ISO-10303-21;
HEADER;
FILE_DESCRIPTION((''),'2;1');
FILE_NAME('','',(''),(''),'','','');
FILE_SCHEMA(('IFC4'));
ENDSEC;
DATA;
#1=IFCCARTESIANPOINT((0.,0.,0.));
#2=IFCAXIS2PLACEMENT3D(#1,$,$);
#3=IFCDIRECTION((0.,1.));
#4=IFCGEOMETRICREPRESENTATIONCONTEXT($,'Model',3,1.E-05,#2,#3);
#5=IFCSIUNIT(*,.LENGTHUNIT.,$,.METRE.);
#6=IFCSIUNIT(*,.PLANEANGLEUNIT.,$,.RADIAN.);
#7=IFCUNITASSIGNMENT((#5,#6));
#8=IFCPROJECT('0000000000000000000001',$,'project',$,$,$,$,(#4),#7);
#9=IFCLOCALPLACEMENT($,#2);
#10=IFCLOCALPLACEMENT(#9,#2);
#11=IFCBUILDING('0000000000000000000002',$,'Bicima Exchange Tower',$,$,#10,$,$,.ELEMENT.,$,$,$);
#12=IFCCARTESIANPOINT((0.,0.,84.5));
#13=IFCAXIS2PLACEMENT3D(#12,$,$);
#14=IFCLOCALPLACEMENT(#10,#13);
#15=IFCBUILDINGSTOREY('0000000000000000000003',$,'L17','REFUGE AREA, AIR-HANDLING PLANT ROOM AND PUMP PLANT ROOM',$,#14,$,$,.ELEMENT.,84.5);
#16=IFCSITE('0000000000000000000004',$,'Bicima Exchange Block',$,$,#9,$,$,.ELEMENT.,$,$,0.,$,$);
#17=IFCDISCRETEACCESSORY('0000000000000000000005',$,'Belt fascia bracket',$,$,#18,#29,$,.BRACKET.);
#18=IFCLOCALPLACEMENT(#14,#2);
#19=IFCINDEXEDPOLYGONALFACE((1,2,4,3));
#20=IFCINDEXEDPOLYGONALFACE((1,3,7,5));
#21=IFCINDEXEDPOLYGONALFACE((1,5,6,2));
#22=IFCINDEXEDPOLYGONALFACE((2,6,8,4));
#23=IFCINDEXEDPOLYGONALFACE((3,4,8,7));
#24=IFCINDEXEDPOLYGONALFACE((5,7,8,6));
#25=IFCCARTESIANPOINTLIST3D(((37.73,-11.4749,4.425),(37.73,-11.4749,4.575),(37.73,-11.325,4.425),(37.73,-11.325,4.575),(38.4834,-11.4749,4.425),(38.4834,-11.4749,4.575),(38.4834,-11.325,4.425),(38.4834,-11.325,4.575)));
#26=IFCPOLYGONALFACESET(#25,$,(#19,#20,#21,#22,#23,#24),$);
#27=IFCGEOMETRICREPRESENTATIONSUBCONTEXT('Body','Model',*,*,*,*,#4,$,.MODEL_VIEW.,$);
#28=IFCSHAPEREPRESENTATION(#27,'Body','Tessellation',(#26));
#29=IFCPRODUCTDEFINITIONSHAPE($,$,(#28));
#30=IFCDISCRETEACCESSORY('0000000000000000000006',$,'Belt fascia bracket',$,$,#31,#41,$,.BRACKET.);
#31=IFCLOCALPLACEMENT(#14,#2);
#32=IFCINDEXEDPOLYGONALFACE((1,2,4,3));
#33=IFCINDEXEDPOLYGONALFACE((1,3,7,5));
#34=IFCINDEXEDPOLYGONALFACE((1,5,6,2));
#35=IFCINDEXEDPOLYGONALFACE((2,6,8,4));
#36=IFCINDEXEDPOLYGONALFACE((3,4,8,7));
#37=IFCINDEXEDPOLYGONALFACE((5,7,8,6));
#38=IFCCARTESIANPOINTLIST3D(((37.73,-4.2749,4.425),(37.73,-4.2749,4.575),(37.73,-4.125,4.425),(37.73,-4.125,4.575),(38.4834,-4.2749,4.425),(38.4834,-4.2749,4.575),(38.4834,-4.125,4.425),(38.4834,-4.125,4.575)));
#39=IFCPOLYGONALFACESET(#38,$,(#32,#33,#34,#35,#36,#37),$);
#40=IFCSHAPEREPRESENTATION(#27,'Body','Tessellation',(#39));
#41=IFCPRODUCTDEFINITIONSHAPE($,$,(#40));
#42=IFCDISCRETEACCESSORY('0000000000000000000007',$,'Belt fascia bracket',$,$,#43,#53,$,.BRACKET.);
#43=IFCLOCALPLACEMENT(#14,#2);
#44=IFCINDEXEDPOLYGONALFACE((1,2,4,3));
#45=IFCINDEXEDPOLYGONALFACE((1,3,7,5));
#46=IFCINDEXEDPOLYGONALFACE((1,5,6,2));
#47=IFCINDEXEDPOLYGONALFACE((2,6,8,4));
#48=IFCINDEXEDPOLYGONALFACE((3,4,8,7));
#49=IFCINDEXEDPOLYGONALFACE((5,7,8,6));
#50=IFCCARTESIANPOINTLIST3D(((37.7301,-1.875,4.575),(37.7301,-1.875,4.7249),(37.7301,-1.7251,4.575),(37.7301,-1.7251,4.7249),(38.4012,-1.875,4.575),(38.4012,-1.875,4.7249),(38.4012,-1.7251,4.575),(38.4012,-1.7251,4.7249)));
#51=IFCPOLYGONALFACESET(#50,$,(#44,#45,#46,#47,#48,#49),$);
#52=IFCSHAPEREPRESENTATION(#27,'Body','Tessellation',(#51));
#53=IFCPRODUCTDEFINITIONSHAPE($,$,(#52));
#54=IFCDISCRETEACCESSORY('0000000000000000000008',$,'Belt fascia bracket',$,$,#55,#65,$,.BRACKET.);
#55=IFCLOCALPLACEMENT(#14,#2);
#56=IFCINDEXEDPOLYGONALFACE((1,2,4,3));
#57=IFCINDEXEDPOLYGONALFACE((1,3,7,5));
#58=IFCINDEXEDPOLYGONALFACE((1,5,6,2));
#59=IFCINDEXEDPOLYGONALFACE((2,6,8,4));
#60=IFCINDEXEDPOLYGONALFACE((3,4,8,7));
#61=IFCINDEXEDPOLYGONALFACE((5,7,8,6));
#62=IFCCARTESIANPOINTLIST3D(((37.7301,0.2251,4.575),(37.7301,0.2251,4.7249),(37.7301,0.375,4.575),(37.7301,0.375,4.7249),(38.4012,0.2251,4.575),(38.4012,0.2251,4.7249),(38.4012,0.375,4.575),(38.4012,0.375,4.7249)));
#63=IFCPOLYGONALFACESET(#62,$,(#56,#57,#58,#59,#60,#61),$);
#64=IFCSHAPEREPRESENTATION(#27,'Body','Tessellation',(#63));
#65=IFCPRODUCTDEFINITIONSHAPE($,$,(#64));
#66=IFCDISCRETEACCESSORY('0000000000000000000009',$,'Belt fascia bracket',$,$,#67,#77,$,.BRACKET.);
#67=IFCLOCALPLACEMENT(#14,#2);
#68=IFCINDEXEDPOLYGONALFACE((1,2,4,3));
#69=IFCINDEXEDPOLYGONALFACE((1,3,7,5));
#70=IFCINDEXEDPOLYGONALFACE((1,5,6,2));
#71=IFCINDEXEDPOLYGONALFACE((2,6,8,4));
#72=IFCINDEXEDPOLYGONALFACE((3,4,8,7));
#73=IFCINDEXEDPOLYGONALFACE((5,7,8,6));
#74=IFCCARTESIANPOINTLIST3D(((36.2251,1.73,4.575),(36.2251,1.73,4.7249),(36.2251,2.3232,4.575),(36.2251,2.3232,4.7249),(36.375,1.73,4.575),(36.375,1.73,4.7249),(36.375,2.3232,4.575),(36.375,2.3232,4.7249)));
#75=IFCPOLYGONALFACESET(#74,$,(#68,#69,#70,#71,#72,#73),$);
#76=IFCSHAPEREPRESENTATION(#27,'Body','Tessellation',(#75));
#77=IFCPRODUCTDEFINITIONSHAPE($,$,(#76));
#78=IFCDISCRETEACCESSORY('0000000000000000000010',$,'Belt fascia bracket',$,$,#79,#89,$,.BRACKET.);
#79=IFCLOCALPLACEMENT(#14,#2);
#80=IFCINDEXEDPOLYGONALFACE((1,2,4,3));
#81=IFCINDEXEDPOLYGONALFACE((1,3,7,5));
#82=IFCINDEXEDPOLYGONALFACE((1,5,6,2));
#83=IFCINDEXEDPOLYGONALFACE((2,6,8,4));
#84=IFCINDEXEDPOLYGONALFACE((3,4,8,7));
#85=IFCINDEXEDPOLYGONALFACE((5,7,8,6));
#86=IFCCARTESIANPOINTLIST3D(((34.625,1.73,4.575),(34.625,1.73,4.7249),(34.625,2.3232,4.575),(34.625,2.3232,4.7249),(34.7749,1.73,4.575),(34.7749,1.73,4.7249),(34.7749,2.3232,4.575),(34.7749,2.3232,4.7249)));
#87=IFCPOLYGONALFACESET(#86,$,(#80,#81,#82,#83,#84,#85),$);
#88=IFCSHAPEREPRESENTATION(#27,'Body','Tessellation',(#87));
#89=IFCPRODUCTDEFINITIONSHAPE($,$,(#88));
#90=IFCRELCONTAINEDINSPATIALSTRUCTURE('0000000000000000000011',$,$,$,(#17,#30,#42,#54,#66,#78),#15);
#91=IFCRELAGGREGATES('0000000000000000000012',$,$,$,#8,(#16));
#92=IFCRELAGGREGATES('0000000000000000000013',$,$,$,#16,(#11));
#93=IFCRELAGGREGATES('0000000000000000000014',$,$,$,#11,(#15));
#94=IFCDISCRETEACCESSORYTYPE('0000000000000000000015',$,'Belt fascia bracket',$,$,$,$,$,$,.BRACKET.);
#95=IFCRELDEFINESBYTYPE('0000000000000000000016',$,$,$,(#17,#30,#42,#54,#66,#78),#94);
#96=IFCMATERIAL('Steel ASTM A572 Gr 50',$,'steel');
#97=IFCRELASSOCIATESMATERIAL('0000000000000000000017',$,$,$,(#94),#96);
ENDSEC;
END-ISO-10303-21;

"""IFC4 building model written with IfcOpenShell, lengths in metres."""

from ifc_helpers import new_model, si_unit, direction, frame, origin, origin_2d, place, context, subcontext, project, spatial, rectangle, extrude, material, type_object, element, save


model = new_model("IFC4")

# Units and contexts
model_context = context("Model", 3, precision=1e-05, world=origin(), true_north=direction((0.0, 1.0)))
body_context = subcontext(model_context, "Body", "Model", "MODEL_VIEW")
ifc_project = project(units=[si_unit("LENGTHUNIT", "METRE"), si_unit("PLANEANGLEUNIT", "RADIAN")], contexts=[model_context])

# Site, building, storey
site_placement = place(None, origin())
site = spatial("IfcSite", under=ifc_project, at=site_placement, Name="Bicima Exchange Block", CompositionType="ELEMENT", RefElevation=0.0)
building_placement = place(site_placement, origin())
building = spatial("IfcBuilding", under=site, at=building_placement, Name="Bicima Exchange Tower", CompositionType="ELEMENT")
storey_placement = place(building_placement, frame((0.0, 0.0, 84.5)))
storey = spatial("IfcBuildingStorey", under=building, at=storey_placement, Name="L17", Description="REFUGE AREA, AIR-HANDLING PLANT ROOM AND PUMP PLANT ROOM", CompositionType="ELEMENT", Elevation=84.5)

# Shared definitions
ifc_material_1 = material(Name="Steel ASTM A572 Gr 50", Category="steel")

# Discrete accessories
discrete_accessory_type = type_object("IfcDiscreteAccessoryType", Name="Belt fascia bracket", PredefinedType="BRACKET", material=ifc_material_1)
for number, where, z_axis, x_axis, name in (
    (1, (38.1067, -11.3999, 4.425), (0.0, 0.0, 1.0), (0.0, 1.0, 0.0), "Belt fascia bracket"),
    (2, (38.1067, -4.2, 4.425), (0.0, 0.0, 1.0), (0.0, 1.0, 0.0), "Belt fascia bracket"),
):
    element("IfcDiscreteAccessory", number, at=place(storey_placement, frame(where, z_axis=z_axis, x_axis=x_axis)), inside=storey, type_object=discrete_accessory_type, Name=name, PredefinedType="BRACKET", context=body_context, shape_type="SweptSolid", body=[
        extrude(rectangle(XDim=0.1499, YDim=0.7534, at=origin_2d()), origin(), (0.0, 0.0, 1.0), 0.1499),
    ])
for number, where, z_axis, x_axis, name in (
    (3, (38.0657, -1.8, 4.575), (0.0, 0.0, 1.0), (0.0, 1.0, 0.0), "Belt fascia bracket"),
    (4, (38.0657, 0.3, 4.575), (0.0, 0.0, 1.0), (0.0, 1.0, 0.0), "Belt fascia bracket"),
):
    element("IfcDiscreteAccessory", number, at=place(storey_placement, frame(where, z_axis=z_axis, x_axis=x_axis)), inside=storey, type_object=discrete_accessory_type, Name=name, PredefinedType="BRACKET", context=body_context, shape_type="SweptSolid", body=[
        extrude(rectangle(XDim=0.1499, YDim=0.6711, at=origin_2d()), origin(), (0.0, 0.0, 1.0), 0.1499),
    ])
for number, where, z_axis, x_axis, name in (
    (5, (36.3, 2.0266, 4.575), (0.0, 0.0, 1.0), (-1.0, 0.0, 0.0), "Belt fascia bracket"),
    (6, (34.7, 2.0266, 4.575), (0.0, 0.0, 1.0), (-1.0, 0.0, 0.0), "Belt fascia bracket"),
):
    element("IfcDiscreteAccessory", number, at=place(storey_placement, frame(where, z_axis=z_axis, x_axis=x_axis)), inside=storey, type_object=discrete_accessory_type, Name=name, PredefinedType="BRACKET", context=body_context, shape_type="SweptSolid", body=[
        extrude(rectangle(XDim=0.1499, YDim=0.5933, at=origin_2d()), origin(), (0.0, 0.0, 1.0), 0.1499),
    ])

save(model, "model.ifc")
